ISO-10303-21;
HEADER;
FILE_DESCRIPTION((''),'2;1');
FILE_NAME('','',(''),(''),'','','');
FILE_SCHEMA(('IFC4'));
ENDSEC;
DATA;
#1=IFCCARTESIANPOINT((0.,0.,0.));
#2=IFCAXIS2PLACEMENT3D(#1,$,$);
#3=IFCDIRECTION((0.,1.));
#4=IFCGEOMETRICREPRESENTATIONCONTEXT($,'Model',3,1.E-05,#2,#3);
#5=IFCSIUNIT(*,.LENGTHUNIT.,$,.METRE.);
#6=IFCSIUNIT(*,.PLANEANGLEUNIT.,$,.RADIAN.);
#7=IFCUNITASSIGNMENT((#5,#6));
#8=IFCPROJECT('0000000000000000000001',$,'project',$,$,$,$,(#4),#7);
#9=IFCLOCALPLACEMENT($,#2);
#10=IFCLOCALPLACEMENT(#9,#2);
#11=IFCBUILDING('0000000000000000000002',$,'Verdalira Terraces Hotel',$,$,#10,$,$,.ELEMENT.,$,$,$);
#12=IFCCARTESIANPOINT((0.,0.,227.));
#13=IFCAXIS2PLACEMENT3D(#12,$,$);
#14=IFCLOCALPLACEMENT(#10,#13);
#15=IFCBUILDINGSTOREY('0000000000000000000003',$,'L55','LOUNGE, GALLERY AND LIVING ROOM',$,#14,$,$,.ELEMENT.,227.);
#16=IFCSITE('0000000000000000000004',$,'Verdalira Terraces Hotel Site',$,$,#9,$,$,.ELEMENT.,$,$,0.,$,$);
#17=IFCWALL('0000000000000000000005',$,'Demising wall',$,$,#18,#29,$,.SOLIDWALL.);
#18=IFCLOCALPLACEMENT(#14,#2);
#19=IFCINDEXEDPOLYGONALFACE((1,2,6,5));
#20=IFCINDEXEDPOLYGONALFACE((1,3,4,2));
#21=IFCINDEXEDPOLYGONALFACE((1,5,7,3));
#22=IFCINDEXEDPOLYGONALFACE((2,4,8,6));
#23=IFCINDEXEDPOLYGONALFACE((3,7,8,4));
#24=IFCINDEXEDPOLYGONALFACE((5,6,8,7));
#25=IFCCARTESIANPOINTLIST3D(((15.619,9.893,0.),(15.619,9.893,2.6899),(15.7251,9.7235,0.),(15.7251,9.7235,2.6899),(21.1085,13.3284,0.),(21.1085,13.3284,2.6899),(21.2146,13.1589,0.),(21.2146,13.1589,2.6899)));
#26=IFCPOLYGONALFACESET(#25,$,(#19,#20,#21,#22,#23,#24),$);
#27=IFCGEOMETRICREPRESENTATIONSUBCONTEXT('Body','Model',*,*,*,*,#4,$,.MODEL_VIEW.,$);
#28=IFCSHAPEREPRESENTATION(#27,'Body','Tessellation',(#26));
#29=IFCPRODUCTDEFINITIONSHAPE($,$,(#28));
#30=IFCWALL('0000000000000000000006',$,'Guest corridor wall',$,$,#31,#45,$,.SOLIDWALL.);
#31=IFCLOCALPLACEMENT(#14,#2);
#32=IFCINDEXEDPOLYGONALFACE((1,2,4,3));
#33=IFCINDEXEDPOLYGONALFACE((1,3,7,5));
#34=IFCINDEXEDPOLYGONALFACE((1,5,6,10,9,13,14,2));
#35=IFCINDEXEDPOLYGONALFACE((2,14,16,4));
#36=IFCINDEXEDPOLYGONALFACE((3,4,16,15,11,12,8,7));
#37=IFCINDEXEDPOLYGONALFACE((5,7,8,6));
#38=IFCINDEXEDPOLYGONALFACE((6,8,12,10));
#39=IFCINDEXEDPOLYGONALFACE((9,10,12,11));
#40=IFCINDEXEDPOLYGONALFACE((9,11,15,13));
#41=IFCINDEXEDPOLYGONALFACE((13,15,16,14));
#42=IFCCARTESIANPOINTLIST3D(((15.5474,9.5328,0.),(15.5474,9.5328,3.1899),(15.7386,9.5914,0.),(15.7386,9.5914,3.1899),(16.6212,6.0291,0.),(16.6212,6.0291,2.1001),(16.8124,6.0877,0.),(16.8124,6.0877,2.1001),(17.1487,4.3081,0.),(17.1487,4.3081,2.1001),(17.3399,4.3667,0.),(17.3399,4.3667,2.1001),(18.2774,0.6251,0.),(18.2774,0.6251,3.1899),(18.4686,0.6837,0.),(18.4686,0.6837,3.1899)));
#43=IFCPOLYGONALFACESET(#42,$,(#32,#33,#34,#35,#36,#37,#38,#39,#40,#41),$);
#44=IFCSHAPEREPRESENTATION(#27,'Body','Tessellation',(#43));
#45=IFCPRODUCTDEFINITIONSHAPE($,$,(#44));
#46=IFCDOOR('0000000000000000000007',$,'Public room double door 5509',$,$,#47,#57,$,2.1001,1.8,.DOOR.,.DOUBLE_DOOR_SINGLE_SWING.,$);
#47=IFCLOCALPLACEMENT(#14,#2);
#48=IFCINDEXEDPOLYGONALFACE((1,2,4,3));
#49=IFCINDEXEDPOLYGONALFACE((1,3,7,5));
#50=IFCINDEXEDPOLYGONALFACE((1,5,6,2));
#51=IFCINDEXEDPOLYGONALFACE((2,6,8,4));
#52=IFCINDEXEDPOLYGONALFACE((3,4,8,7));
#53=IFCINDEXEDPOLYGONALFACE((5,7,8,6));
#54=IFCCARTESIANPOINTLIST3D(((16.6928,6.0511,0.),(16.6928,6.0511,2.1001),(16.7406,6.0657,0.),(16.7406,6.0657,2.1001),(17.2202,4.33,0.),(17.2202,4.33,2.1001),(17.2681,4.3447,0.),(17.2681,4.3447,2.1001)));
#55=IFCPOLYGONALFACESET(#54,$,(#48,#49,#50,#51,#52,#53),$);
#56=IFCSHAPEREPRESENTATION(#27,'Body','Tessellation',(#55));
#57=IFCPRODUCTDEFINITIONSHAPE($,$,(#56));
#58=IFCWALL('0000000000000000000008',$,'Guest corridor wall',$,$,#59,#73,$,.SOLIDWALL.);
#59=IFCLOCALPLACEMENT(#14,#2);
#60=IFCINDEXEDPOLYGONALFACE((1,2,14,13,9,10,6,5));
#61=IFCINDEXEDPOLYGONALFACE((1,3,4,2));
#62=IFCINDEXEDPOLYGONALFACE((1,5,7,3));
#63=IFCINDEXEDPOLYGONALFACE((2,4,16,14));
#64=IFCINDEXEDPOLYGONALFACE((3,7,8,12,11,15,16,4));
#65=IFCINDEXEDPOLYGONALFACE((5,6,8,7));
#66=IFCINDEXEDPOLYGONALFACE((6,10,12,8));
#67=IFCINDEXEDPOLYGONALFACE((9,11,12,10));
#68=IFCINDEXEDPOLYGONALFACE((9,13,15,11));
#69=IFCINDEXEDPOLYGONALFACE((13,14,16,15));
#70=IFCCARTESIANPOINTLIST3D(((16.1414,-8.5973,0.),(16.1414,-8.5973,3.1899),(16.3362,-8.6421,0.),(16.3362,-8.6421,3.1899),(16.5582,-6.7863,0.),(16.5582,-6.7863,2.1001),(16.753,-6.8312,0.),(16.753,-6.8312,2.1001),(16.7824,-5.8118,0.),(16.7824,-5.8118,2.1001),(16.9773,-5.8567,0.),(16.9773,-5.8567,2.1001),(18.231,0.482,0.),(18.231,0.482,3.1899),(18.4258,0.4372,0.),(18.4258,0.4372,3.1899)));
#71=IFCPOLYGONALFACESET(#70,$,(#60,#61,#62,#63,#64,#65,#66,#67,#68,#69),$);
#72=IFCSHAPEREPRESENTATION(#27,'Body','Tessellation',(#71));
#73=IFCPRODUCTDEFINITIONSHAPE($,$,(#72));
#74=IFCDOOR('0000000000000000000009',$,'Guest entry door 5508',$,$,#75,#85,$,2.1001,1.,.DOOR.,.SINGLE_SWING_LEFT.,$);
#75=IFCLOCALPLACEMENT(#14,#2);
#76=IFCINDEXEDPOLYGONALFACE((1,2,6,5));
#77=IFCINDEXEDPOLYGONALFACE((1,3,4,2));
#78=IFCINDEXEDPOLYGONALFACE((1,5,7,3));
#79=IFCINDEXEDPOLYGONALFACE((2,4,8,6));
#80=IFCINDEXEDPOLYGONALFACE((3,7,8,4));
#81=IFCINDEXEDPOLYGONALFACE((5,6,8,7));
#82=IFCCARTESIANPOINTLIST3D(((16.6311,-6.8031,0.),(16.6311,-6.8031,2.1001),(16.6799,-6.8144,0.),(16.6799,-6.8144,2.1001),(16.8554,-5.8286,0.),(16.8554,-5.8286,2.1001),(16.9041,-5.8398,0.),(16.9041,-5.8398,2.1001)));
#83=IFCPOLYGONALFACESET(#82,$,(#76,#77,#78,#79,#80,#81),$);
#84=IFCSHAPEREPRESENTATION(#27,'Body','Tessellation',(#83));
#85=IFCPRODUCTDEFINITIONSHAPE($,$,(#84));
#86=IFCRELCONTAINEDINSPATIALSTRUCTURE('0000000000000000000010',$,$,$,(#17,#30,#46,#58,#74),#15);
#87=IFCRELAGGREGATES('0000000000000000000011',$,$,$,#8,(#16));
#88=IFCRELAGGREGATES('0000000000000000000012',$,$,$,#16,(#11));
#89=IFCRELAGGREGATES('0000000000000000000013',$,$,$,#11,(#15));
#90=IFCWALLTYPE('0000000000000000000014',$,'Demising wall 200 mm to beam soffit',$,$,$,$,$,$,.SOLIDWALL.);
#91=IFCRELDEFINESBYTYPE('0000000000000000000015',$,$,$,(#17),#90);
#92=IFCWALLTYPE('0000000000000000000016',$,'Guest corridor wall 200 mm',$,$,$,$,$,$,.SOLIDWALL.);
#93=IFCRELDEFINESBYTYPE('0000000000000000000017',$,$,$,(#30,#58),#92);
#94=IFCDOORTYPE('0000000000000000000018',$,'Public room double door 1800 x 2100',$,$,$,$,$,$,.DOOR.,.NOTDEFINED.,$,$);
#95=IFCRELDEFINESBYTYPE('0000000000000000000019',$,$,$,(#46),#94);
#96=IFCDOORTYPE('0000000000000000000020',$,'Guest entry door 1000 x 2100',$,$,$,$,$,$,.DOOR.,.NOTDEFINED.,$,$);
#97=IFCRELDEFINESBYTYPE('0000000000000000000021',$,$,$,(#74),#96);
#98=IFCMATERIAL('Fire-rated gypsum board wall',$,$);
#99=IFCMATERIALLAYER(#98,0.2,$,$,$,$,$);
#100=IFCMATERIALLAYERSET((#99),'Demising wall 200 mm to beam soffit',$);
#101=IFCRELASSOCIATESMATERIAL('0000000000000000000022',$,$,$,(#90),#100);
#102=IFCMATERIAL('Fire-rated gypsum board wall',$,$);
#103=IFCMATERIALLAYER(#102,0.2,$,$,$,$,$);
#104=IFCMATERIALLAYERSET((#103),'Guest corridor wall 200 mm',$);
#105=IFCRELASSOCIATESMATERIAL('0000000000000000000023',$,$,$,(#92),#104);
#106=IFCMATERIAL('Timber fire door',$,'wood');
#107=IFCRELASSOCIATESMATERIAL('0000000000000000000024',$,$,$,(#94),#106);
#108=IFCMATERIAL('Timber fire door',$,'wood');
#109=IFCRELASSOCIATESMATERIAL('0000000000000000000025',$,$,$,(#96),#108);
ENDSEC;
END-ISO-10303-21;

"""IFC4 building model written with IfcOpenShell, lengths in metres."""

from ifc_helpers import new_model, si_unit, direction, frame, frame_2d, origin, place, context, subcontext, project, spatial, rectangle, extrude, material, layer, layer_set, type_object, element, fill, save


model = new_model("IFC4")

# Units and contexts
model_context = context("Model", 3, precision=1e-05, world=origin(), true_north=direction((0.0, 1.0)))
body_context = subcontext(model_context, "Body", "Model", "MODEL_VIEW")
ifc_project = project(units=[si_unit("LENGTHUNIT", "METRE"), si_unit("PLANEANGLEUNIT", "RADIAN")], contexts=[model_context])

# Site, building, storey
site_placement = place(None, origin())
site = spatial("IfcSite", under=ifc_project, at=site_placement, Name="Verdalira Terraces Hotel Site", CompositionType="ELEMENT", RefElevation=0.0)
building_placement = place(site_placement, origin())
building = spatial("IfcBuilding", under=site, at=building_placement, Name="Verdalira Terraces Hotel", CompositionType="ELEMENT")
storey_placement = place(building_placement, frame((0.0, 0.0, 227.0)))
storey = spatial("IfcBuildingStorey", under=building, at=storey_placement, Name="L55", Description="LOUNGE, GALLERY AND LIVING ROOM", CompositionType="ELEMENT", Elevation=227.0)

# Wall
ifc_material_1 = material(Name="Fire-rated gypsum board wall")
ifc_layer_1 = layer(ifc_material_1, 0.2)
ifc_layer_set_1 = layer_set([ifc_layer_1], Name="Demising wall 200 mm to beam soffit")
wall_type_1 = type_object("IfcWallType", Name="Demising wall 200 mm to beam soffit", PredefinedType="SOLIDWALL", material=ifc_layer_set_1)
wall_1_placement = place(storey_placement, frame((15.6721, 9.8084, 0.0), z_axis=(0.0, 0.0, 1.0), x_axis=(0.847695, 0.530483, 0.0)))
element("IfcWall", 1, at=wall_1_placement, inside=storey, type_object=wall_type_1, Name="Demising wall", PredefinedType="SOLIDWALL", context=body_context, shape_type="SweptSolid", body=[
    extrude(rectangle(XDim=6.4758, YDim=0.2, at=frame_2d((3.2378, 0.0))), origin(), (0.0, 0.0, 1.0), 2.6899),
])

# Walls, openings, doors
ifc_material_2 = material(Name="Fire-rated gypsum board wall")
ifc_layer_2 = layer(ifc_material_2, 0.2)
ifc_layer_set_2 = layer_set([ifc_layer_2], Name="Guest corridor wall 200 mm")
wall_type_2 = type_object("IfcWallType", Name="Guest corridor wall 200 mm", PredefinedType="SOLIDWALL", material=ifc_layer_set_2)
wall_2_placement = place(storey_placement, frame((15.6431, 9.562, 0.0), z_axis=(0.0, 0.0, 1.0), x_axis=(0.293021, -0.956106, 0.0)))
wall_2 = element("IfcWall", 2, at=wall_2_placement, inside=storey, type_object=wall_type_2, Name="Guest corridor wall", PredefinedType="SOLIDWALL", context=body_context, shape_type="SweptSolid", body=[
    extrude(rectangle(XDim=9.3166, YDim=0.2, at=frame_2d((4.6582, 0.0))), origin(), (0.0, 0.0, 1.0), 3.1899),
])
opening_1_placement = place(wall_2_placement, frame((3.6646, 0.0, 0.0)))
opening_1 = element("IfcOpeningElement", 3, at=opening_1_placement, cuts=wall_2, PredefinedType="OPENING", context=body_context, shape_type="SweptSolid", body=[
    extrude(rectangle(XDim=1.8, YDim=2.1001, at=frame_2d((0.8999, 1.05))), frame((0.0, 0.1099, 0.0), z_axis=(0.0, -1.0, 0.0), x_axis=(1.0, 0.0, 0.0)), (0.0, 0.0, 1.0), 0.22),
])
ifc_material_3 = material(Name="Timber fire door", Category="wood")
door_type_1 = type_object("IfcDoorType", Name="Public room double door 1800 x 2100", OperationType="NOTDEFINED", PredefinedType="DOOR", material=ifc_material_3)
door_1_placement = place(opening_1_placement, origin())
door_1 = element("IfcDoor", 4, at=door_1_placement, inside=storey, type_object=door_type_1, Name="Public room double door 5509", OperationType="DOUBLE_DOOR_SINGLE_SWING", OverallHeight=2.1001, OverallWidth=1.8, PredefinedType="DOOR", context=body_context, shape_type="SweptSolid", body=[
    extrude(rectangle(XDim=1.8, YDim=2.1001, at=frame_2d((0.8999, 1.05))), frame((0.0, 0.0249, 0.0), z_axis=(0.0, -1.0, 0.0), x_axis=(1.0, 0.0, 0.0)), (0.0, 0.0, 1.0), 0.05),
])
fill(opening_1, door_1)
wall_3_placement = place(storey_placement, frame((18.3284, 0.4595, 0.0), z_axis=(0.0, 0.0, 1.0), x_axis=(-0.224285, -0.974524, 0.0)))
wall_3 = element("IfcWall", 5, at=wall_3_placement, inside=storey, type_object=wall_type_2, Name="Guest corridor wall", PredefinedType="SOLIDWALL", context=body_context, shape_type="SweptSolid", body=[
    extrude(rectangle(XDim=9.3166, YDim=0.2, at=frame_2d((4.6582, 0.0))), origin(), (0.0, 0.0, 1.0), 3.1899),
])
opening_2_placement = place(wall_3_placement, frame((6.4583, 0.0, 0.0)))
opening_2 = element("IfcOpeningElement", 6, at=opening_2_placement, cuts=wall_3, PredefinedType="OPENING", context=body_context, shape_type="SweptSolid", body=[
    extrude(rectangle(XDim=1.0, YDim=2.1001, at=frame_2d((0.5, 1.05))), frame((0.0, 0.1099, 0.0), z_axis=(0.0, -1.0, 0.0), x_axis=(1.0, 0.0, 0.0)), (0.0, 0.0, 1.0), 0.22),
])
ifc_material_4 = material(Name="Timber fire door", Category="wood")
door_type_2 = type_object("IfcDoorType", Name="Guest entry door 1000 x 2100", OperationType="NOTDEFINED", PredefinedType="DOOR", material=ifc_material_4)
door_2_placement = place(opening_2_placement, origin())
door_2 = element("IfcDoor", 7, at=door_2_placement, inside=storey, type_object=door_type_2, Name="Guest entry door 5508", OperationType="SINGLE_SWING_LEFT", OverallHeight=2.1001, OverallWidth=1.0, PredefinedType="DOOR", context=body_context, shape_type="SweptSolid", body=[
    extrude(rectangle(XDim=1.0, YDim=2.1001, at=frame_2d((0.5, 1.05))), frame((0.0, 0.0249, 0.0), z_axis=(0.0, -1.0, 0.0), x_axis=(1.0, 0.0, 0.0)), (0.0, 0.0, 1.0), 0.05),
])
fill(opening_2, door_2)

save(model, "model.ifc")
